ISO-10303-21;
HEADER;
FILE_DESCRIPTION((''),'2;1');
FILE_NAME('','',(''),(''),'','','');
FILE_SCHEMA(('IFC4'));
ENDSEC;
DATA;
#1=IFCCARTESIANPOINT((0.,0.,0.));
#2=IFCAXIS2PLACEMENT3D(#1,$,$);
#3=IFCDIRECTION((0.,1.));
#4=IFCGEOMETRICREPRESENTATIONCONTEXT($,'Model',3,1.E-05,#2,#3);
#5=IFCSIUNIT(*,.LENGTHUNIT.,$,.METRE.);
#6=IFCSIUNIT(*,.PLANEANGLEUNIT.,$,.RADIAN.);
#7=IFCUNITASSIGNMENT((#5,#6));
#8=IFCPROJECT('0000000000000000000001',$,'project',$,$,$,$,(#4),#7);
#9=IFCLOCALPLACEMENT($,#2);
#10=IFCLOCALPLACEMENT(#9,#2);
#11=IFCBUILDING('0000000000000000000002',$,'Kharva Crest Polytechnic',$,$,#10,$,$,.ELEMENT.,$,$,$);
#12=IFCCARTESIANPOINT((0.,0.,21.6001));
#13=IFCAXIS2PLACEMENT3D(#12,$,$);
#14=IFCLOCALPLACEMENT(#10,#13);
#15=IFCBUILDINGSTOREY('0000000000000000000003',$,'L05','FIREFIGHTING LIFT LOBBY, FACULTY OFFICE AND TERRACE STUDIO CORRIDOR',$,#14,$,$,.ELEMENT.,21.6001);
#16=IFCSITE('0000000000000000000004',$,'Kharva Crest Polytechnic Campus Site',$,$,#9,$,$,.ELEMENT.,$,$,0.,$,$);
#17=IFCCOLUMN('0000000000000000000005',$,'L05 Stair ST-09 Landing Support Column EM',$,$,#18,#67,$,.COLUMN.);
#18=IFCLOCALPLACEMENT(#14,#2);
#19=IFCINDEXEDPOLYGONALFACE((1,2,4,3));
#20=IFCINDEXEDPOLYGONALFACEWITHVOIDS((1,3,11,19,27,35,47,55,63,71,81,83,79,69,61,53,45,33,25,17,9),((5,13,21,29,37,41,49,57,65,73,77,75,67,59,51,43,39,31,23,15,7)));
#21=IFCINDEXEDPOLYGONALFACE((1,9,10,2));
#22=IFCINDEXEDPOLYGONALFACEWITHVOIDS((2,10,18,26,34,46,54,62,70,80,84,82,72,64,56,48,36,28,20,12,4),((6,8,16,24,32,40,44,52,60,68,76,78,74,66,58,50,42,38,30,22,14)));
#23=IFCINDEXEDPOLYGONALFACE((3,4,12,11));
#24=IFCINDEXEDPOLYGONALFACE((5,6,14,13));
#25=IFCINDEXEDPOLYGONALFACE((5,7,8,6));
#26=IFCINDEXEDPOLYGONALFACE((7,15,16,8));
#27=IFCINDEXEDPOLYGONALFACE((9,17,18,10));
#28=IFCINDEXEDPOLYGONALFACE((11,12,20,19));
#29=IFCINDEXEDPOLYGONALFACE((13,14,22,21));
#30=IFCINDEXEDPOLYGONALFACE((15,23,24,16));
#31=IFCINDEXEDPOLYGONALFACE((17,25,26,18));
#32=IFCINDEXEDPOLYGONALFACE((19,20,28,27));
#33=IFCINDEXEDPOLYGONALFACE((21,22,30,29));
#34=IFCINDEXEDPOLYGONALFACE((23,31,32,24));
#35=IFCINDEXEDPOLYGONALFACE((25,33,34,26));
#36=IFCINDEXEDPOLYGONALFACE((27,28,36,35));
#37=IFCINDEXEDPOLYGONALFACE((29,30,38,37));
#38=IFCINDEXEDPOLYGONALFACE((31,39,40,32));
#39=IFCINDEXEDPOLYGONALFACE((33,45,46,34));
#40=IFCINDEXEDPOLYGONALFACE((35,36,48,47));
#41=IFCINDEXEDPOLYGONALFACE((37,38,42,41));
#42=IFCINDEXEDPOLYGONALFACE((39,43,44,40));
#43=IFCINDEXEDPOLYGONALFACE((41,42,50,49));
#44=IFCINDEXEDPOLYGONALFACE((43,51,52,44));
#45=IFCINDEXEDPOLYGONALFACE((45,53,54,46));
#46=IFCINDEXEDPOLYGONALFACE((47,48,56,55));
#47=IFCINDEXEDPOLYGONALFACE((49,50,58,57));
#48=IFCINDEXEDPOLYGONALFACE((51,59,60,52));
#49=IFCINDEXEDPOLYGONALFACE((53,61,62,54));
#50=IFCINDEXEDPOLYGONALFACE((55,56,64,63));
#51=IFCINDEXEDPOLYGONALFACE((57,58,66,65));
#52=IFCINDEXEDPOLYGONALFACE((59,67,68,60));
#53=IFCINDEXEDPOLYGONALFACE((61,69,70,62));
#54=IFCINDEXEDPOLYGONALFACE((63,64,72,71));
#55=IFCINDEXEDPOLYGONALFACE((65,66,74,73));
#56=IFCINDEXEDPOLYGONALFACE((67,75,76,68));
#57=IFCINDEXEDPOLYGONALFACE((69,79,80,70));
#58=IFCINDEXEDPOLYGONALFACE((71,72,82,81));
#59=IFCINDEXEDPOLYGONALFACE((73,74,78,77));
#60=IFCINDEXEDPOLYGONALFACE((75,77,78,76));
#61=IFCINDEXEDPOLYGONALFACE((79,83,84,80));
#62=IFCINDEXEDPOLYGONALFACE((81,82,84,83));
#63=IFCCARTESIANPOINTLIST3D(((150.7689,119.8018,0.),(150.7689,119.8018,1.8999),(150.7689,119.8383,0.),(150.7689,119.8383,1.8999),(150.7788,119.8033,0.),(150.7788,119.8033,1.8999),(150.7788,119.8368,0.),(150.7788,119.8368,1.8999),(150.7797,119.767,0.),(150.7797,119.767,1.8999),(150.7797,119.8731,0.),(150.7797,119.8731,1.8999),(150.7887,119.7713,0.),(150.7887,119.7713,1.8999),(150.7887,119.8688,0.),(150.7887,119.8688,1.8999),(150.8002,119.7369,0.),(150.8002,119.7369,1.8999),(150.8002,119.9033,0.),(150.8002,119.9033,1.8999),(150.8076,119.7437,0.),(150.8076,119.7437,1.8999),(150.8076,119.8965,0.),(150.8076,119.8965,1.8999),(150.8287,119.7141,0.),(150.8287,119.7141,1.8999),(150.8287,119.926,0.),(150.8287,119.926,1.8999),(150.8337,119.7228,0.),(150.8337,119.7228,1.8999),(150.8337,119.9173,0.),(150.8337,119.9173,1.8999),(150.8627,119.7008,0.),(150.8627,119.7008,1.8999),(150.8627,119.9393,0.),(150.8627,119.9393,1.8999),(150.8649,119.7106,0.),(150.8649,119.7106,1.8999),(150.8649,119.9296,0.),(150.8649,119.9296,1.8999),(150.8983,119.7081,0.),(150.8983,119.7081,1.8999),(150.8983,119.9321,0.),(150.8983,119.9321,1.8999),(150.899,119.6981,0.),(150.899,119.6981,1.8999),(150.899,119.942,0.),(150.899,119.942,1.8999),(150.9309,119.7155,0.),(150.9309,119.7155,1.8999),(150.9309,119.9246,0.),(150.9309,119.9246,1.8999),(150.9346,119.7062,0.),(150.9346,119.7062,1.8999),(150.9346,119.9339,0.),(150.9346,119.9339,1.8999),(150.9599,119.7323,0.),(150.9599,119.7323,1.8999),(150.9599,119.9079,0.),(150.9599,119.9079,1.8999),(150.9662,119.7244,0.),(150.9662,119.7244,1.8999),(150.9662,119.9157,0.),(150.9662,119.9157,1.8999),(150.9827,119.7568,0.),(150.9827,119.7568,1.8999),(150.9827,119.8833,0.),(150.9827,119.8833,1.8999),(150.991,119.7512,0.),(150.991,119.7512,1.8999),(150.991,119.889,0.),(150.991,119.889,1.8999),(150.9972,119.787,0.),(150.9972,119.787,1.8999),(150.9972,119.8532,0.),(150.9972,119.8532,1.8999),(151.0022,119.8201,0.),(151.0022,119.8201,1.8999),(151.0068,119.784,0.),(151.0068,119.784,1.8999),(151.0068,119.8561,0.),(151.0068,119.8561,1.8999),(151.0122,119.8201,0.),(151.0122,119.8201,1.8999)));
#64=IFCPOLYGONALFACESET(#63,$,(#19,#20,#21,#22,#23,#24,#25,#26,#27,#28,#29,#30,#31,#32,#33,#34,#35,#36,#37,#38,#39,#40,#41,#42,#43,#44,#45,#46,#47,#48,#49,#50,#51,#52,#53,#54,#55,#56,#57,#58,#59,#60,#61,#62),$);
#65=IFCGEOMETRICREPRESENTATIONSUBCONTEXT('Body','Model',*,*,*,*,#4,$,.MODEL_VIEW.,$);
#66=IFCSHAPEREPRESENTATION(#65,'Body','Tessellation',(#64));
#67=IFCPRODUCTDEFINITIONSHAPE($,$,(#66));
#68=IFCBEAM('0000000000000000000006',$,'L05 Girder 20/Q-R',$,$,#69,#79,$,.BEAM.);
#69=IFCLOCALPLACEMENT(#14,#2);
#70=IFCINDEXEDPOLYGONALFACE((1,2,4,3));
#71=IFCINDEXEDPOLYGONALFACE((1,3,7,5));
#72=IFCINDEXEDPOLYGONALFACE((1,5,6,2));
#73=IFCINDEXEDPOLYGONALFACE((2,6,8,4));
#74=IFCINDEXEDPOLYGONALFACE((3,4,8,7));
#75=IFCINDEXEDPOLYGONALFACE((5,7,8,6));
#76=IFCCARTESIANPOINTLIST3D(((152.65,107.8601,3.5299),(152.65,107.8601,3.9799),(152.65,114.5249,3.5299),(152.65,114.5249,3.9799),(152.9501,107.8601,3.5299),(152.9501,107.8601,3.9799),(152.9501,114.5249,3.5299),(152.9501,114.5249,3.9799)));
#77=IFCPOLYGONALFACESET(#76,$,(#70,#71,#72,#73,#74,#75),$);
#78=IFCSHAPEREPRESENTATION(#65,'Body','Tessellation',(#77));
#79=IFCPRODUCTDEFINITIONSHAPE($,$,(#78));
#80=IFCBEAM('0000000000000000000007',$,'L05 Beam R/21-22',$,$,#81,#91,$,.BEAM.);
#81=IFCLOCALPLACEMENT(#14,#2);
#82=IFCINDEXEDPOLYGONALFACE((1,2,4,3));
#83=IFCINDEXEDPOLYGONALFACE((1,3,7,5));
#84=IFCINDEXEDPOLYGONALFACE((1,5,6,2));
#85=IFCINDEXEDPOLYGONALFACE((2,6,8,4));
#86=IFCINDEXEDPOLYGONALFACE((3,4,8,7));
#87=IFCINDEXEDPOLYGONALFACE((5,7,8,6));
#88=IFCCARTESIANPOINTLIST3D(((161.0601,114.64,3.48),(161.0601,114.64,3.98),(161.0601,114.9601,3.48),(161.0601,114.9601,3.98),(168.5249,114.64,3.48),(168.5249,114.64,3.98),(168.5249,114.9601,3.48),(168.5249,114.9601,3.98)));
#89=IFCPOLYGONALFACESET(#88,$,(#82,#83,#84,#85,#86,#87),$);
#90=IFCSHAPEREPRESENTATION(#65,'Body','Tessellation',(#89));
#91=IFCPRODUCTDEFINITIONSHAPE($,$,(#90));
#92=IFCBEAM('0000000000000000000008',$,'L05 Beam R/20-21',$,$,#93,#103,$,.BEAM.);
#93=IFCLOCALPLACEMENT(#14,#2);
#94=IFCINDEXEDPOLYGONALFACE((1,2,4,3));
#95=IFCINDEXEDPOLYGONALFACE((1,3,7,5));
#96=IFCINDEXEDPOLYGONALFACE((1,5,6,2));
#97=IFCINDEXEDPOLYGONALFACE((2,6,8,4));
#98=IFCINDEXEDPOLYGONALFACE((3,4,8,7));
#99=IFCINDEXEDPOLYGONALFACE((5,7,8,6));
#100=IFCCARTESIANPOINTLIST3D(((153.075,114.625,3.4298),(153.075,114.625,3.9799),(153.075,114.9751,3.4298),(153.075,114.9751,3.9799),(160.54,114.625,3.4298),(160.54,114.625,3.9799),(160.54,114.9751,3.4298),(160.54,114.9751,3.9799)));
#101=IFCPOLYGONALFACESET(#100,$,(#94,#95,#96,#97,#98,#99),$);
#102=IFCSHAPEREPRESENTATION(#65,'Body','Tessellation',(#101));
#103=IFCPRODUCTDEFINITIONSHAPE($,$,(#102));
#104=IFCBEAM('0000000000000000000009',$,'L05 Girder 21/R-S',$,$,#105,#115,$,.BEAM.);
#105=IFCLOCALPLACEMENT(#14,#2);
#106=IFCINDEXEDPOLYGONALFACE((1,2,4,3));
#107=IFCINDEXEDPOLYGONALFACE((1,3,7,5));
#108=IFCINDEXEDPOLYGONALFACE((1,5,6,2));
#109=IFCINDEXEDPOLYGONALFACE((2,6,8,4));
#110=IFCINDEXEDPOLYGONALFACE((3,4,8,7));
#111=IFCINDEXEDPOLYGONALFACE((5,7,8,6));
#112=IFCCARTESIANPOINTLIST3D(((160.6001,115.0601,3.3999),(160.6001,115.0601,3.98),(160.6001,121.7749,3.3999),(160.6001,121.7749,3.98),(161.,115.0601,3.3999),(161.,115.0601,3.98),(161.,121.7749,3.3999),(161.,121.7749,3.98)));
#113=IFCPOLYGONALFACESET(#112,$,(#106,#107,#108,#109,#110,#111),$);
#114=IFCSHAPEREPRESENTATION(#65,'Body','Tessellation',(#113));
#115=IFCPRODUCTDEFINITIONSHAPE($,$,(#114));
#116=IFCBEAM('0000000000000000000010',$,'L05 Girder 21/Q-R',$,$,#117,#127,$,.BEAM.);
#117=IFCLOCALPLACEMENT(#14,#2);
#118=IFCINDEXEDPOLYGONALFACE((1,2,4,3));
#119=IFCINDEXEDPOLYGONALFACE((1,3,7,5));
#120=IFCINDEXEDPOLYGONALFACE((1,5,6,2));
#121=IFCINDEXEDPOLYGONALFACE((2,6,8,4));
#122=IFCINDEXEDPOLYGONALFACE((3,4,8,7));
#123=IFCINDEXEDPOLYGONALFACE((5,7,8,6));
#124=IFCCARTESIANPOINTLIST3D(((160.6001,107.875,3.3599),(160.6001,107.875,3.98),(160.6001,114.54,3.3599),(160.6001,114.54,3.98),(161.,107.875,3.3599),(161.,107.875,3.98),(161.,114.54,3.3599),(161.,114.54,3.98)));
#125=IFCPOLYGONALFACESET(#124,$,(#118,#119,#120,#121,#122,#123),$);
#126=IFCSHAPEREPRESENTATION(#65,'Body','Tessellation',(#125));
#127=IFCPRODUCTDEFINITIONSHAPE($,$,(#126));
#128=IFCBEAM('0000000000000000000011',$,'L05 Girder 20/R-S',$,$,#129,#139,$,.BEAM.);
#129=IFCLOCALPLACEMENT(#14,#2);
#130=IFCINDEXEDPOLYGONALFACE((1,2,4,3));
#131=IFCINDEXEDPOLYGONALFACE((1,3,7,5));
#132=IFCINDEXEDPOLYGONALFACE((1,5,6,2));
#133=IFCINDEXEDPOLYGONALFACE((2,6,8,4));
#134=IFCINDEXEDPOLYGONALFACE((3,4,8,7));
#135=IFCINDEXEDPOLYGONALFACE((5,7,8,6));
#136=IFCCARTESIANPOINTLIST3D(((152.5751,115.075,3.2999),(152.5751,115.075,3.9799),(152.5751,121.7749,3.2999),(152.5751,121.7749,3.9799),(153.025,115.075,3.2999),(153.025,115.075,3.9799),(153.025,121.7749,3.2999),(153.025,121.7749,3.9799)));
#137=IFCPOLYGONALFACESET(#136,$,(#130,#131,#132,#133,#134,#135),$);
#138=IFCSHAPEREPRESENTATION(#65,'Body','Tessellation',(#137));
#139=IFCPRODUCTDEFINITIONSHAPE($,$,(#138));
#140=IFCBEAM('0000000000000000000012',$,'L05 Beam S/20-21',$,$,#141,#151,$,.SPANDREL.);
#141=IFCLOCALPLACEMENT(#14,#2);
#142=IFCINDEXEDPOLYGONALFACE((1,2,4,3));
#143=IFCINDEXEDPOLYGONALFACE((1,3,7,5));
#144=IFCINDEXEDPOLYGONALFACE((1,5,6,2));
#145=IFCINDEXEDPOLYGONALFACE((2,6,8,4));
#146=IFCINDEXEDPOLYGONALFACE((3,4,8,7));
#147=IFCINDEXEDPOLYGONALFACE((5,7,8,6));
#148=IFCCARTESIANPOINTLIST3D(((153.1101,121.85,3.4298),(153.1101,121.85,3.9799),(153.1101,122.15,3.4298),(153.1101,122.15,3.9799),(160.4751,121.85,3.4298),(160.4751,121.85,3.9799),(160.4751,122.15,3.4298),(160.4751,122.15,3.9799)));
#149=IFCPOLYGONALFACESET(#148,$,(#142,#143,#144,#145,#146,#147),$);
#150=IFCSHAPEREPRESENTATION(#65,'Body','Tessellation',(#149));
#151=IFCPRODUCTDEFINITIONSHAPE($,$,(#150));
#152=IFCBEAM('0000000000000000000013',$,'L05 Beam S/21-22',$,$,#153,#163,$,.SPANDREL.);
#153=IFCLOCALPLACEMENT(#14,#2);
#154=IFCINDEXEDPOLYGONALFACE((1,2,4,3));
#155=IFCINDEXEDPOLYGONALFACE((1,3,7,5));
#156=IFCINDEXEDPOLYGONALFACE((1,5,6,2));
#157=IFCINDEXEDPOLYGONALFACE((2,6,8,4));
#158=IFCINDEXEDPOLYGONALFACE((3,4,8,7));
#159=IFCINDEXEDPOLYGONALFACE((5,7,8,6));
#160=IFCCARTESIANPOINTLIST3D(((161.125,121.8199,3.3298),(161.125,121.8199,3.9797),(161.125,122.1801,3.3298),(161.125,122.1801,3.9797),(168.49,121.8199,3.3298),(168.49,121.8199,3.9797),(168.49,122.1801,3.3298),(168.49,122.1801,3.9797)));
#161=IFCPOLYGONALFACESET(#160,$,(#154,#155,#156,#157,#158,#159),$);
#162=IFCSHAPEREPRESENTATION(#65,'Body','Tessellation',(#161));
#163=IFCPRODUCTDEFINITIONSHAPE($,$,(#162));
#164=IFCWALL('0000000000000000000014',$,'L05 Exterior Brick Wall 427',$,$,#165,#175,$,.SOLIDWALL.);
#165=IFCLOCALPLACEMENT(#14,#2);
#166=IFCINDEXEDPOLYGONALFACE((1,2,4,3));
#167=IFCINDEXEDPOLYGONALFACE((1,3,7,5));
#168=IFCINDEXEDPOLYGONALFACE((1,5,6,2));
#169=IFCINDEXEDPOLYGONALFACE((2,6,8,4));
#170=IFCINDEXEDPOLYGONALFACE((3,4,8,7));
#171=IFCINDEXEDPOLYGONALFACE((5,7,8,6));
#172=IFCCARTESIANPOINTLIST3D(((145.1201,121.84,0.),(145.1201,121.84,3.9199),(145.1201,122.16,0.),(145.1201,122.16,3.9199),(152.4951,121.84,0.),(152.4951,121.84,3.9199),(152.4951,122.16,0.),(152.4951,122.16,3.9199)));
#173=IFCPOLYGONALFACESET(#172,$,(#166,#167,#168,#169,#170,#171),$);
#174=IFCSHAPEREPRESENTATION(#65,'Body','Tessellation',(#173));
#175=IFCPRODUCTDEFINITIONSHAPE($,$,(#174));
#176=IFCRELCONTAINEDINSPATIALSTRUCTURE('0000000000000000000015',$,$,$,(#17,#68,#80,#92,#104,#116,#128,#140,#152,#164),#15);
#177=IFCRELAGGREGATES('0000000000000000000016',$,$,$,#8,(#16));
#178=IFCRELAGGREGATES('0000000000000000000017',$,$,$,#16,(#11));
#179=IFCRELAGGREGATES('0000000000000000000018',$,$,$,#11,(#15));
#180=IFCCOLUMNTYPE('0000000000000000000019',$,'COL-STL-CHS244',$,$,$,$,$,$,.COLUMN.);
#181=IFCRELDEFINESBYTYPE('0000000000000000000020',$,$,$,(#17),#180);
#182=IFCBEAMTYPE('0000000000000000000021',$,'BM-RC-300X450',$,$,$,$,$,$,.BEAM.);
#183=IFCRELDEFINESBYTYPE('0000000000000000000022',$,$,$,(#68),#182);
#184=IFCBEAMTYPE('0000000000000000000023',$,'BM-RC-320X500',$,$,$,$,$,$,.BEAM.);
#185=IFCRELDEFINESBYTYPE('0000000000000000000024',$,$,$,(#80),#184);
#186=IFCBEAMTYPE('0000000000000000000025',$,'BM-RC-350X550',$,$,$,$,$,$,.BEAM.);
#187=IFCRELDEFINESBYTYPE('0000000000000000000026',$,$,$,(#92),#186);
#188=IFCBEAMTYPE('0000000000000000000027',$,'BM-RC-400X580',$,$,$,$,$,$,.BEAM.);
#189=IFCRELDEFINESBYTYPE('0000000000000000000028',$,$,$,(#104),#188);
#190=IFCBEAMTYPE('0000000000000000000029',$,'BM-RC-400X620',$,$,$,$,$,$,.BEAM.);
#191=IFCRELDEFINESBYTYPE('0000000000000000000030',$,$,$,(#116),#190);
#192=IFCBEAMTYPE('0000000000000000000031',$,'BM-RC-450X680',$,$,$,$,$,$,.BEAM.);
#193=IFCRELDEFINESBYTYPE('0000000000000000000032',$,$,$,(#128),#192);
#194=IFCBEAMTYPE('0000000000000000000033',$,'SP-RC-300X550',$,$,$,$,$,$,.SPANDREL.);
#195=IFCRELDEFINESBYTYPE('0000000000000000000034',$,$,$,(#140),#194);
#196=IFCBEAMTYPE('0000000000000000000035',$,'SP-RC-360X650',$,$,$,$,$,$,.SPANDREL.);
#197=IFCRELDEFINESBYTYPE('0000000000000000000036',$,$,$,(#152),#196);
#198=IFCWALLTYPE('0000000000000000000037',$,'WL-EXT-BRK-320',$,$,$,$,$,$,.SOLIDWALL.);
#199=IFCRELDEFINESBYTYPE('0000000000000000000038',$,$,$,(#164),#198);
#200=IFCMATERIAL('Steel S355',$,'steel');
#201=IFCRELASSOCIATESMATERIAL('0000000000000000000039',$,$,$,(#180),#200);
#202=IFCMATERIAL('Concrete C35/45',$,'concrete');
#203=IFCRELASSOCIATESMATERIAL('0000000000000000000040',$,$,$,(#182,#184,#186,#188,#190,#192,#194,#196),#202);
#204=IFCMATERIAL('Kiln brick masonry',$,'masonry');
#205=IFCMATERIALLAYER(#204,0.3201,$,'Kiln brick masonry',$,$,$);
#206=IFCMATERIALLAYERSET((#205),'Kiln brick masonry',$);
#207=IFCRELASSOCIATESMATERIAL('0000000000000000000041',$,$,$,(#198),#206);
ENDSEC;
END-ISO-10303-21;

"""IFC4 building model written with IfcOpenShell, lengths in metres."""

from ifc_helpers import new_model, si_unit, direction, frame, frame_2d, origin, origin_2d, place, context, subcontext, project, spatial, rectangle, hollow_circle, extrude, material, layer, layer_set, material_profile, profile_set, type_object, element, save


model = new_model("IFC4")

# Units and contexts
model_context = context("Model", 3, precision=1e-05, world=origin(), true_north=direction((0.0, 1.0)))
body_context = subcontext(model_context, "Body", "Model", "MODEL_VIEW")
ifc_project = project(units=[si_unit("LENGTHUNIT", "METRE"), si_unit("PLANEANGLEUNIT", "RADIAN")], contexts=[model_context])

# Site, building, storey
site_placement = place(None, origin())
site = spatial("IfcSite", under=ifc_project, at=site_placement, Name="Kharva Crest Polytechnic Campus Site", CompositionType="ELEMENT", RefElevation=0.0)
building_placement = place(site_placement, origin())
building = spatial("IfcBuilding", under=site, at=building_placement, Name="Kharva Crest Polytechnic", CompositionType="ELEMENT")
storey_placement = place(building_placement, frame((0.0, 0.0, 21.6001)))
storey = spatial("IfcBuildingStorey", under=building, at=storey_placement, Name="L05", Description="FIREFIGHTING LIFT LOBBY, FACULTY OFFICE AND TERRACE STUDIO CORRIDOR", CompositionType="ELEMENT", Elevation=21.6001)

# Column
ifc_material_1 = material(Name="Steel S355", Category="steel")
ifc_material_profile_1 = material_profile(ifc_material_1, hollow_circle(Radius=0.1223, WallThickness=0.01, at=origin_2d()), Name="CHS 244.5X10.0")
ifc_profile_set_1 = profile_set([ifc_material_profile_1], Name="Steel S355")
column_type_1 = type_object("IfcColumnType", Name="COL-STL-CHS244", PredefinedType="COLUMN", material=ifc_profile_set_1)
for number, where, z_axis, x_axis, name in (
    (1, (150.8899, 119.8201, 0.0), (0.0, 0.0, 1.0), (1.0, 0.0, 0.0), "L05 Stair ST-09 Landing Support Column EM"),
):
    element("IfcColumn", number, at=place(storey_placement, frame(where, z_axis=z_axis, x_axis=x_axis)), inside=storey, type_object=column_type_1, Name=name, PredefinedType="COLUMN", context=body_context, shape_type="SweptSolid", body=[
        extrude(hollow_circle(Radius=0.1223, WallThickness=0.01, at=origin_2d()), origin(), (0.0, 0.0, 1.0), 1.8999),
    ])

# Beams
ifc_material_2 = material(Name="Concrete C35/45", Category="concrete")
ifc_material_profile_2 = material_profile(ifc_material_2, rectangle(XDim=0.3, YDim=0.45, at=origin_2d()), Name="RECT 300 X 450")
ifc_profile_set_2 = profile_set([ifc_material_profile_2], Name="Concrete C35/45")
beam_type_1 = type_object("IfcBeamType", Name="BM-RC-300X450", PredefinedType="BEAM", material=ifc_profile_set_2)
beam_1_placement = place(storey_placement, frame((152.8, 107.8601, 3.7549), z_axis=(0.0, 1.0, 0.0), x_axis=(-1.0, 0.0, 0.0)))
element("IfcBeam", 2, at=beam_1_placement, inside=storey, type_object=beam_type_1, Name="L05 Girder 20/Q-R", PredefinedType="BEAM", context=body_context, shape_type="SweptSolid", body=[
    extrude(rectangle(XDim=0.3, YDim=0.45, at=origin_2d()), origin(), (0.0, 0.0, 1.0), 6.6648),
])
ifc_material_profile_3 = material_profile(ifc_material_2, rectangle(XDim=0.3201, YDim=0.5, at=origin_2d()), Name="RECT 320 X 500")
ifc_profile_set_3 = profile_set([ifc_material_profile_3], Name="Concrete C35/45")
beam_type_2 = type_object("IfcBeamType", Name="BM-RC-320X500", PredefinedType="BEAM", material=ifc_profile_set_3)
beam_2_placement = place(storey_placement, frame((161.0601, 114.8, 3.73), z_axis=(1.0, 0.0, 0.0), x_axis=(0.0, 1.0, 0.0)))
element("IfcBeam", 3, at=beam_2_placement, inside=storey, type_object=beam_type_2, Name="L05 Beam R/21-22", PredefinedType="BEAM", context=body_context, shape_type="SweptSolid", body=[
    extrude(rectangle(XDim=0.3201, YDim=0.5, at=origin_2d()), origin(), (0.0, 0.0, 1.0), 7.4648),
])
ifc_material_profile_4 = material_profile(ifc_material_2, rectangle(XDim=0.3501, YDim=0.55, at=origin_2d()), Name="RECT 350 X 550")
ifc_profile_set_4 = profile_set([ifc_material_profile_4], Name="Concrete C35/45")
beam_type_3 = type_object("IfcBeamType", Name="BM-RC-350X550", PredefinedType="BEAM", material=ifc_profile_set_4)
beam_3_placement = place(storey_placement, frame((153.075, 114.8, 3.7048), z_axis=(1.0, 0.0, 0.0), x_axis=(0.0, 1.0, 0.0)))
element("IfcBeam", 4, at=beam_3_placement, inside=storey, type_object=beam_type_3, Name="L05 Beam R/20-21", PredefinedType="BEAM", context=body_context, shape_type="SweptSolid", body=[
    extrude(rectangle(XDim=0.3501, YDim=0.55, at=origin_2d()), origin(), (0.0, 0.0, 1.0), 7.4651),
])
ifc_material_profile_5 = material_profile(ifc_material_2, rectangle(XDim=0.3999, YDim=0.5801, at=origin_2d()), Name="RECT 400 X 580")
ifc_profile_set_5 = profile_set([ifc_material_profile_5], Name="Concrete C35/45")
beam_type_4 = type_object("IfcBeamType", Name="BM-RC-400X580", PredefinedType="BEAM", material=ifc_profile_set_5)
beam_4_placement = place(storey_placement, frame((160.8, 115.0601, 3.6899), z_axis=(0.0, 1.0, 0.0), x_axis=(-1.0, 0.0, 0.0)))
element("IfcBeam", 5, at=beam_4_placement, inside=storey, type_object=beam_type_4, Name="L05 Girder 21/R-S", PredefinedType="BEAM", context=body_context, shape_type="SweptSolid", body=[
    extrude(rectangle(XDim=0.3999, YDim=0.5801, at=origin_2d()), origin(), (0.0, 0.0, 1.0), 6.7148),
])
ifc_material_profile_6 = material_profile(ifc_material_2, rectangle(XDim=0.3999, YDim=0.6201, at=origin_2d()), Name="RECT 400 X 620")
ifc_profile_set_6 = profile_set([ifc_material_profile_6], Name="Concrete C35/45")
beam_type_5 = type_object("IfcBeamType", Name="BM-RC-400X620", PredefinedType="BEAM", material=ifc_profile_set_6)
beam_5_placement = place(storey_placement, frame((160.8, 107.875, 3.6699), z_axis=(0.0, 1.0, 0.0), x_axis=(-1.0, 0.0, 0.0)))
element("IfcBeam", 6, at=beam_5_placement, inside=storey, type_object=beam_type_5, Name="L05 Girder 21/Q-R", PredefinedType="BEAM", context=body_context, shape_type="SweptSolid", body=[
    extrude(rectangle(XDim=0.3999, YDim=0.6201, at=origin_2d()), origin(), (0.0, 0.0, 1.0), 6.665),
])
ifc_material_profile_7 = material_profile(ifc_material_2, rectangle(XDim=0.45, YDim=0.6799, at=origin_2d()), Name="RECT 450 X 680")
ifc_profile_set_7 = profile_set([ifc_material_profile_7], Name="Concrete C35/45")
beam_type_6 = type_object("IfcBeamType", Name="BM-RC-450X680", PredefinedType="BEAM", material=ifc_profile_set_7)
beam_6_placement = place(storey_placement, frame((152.8, 115.075, 3.6399), z_axis=(0.0, 1.0, 0.0), x_axis=(-1.0, 0.0, 0.0)))
element("IfcBeam", 7, at=beam_6_placement, inside=storey, type_object=beam_type_6, Name="L05 Girder 20/R-S", PredefinedType="BEAM", context=body_context, shape_type="SweptSolid", body=[
    extrude(rectangle(XDim=0.45, YDim=0.6799, at=origin_2d()), origin(), (0.0, 0.0, 1.0), 6.7),
])
ifc_material_profile_8 = material_profile(ifc_material_2, rectangle(XDim=0.3, YDim=0.55, at=origin_2d()), Name="RECT 300 X 550")
ifc_profile_set_8 = profile_set([ifc_material_profile_8], Name="Concrete C35/45")
beam_type_7 = type_object("IfcBeamType", Name="SP-RC-300X550", PredefinedType="SPANDREL", material=ifc_profile_set_8)
beam_7_placement = place(storey_placement, frame((153.1101, 122.0, 3.7048), z_axis=(1.0, 0.0, 0.0), x_axis=(0.0, 1.0, 0.0)))
element("IfcBeam", 8, at=beam_7_placement, inside=storey, type_object=beam_type_7, Name="L05 Beam S/20-21", PredefinedType="SPANDREL", context=body_context, shape_type="SweptSolid", body=[
    extrude(rectangle(XDim=0.3, YDim=0.55, at=origin_2d()), origin(), (0.0, 0.0, 1.0), 7.365),
])
ifc_material_profile_9 = material_profile(ifc_material_2, rectangle(XDim=0.3601, YDim=0.6499, at=origin_2d()), Name="RECT 360 X 650")
ifc_profile_set_9 = profile_set([ifc_material_profile_9], Name="Concrete C35/45")
beam_type_8 = type_object("IfcBeamType", Name="SP-RC-360X650", PredefinedType="SPANDREL", material=ifc_profile_set_9)
beam_8_placement = place(storey_placement, frame((161.125, 122.0, 3.6548), z_axis=(1.0, 0.0, 0.0), x_axis=(0.0, 1.0, 0.0)))
element("IfcBeam", 9, at=beam_8_placement, inside=storey, type_object=beam_type_8, Name="L05 Beam S/21-22", PredefinedType="SPANDREL", context=body_context, shape_type="SweptSolid", body=[
    extrude(rectangle(XDim=0.3601, YDim=0.6499, at=origin_2d()), origin(), (0.0, 0.0, 1.0), 7.365),
])

# Wall
ifc_material_3 = material(Name="Kiln brick masonry", Category="masonry")
ifc_layer_1 = layer(ifc_material_3, 0.3201, Name="Kiln brick masonry")
ifc_layer_set_1 = layer_set([ifc_layer_1], Name="Kiln brick masonry")
wall_type_1 = type_object("IfcWallType", Name="WL-EXT-BRK-320", PredefinedType="SOLIDWALL", material=ifc_layer_set_1)
wall_1_placement = place(storey_placement, frame((152.4951, 122.0, 0.0), z_axis=(0.0, 0.0, 1.0), x_axis=(-1.0, 0.0, 0.0)))
element("IfcWall", 10, at=wall_1_placement, inside=storey, type_object=wall_type_1, Name="L05 Exterior Brick Wall 427", PredefinedType="SOLIDWALL", context=body_context, shape_type="SweptSolid", body=[
    extrude(rectangle(XDim=7.375, YDim=0.3201, at=frame_2d((3.6875, 0.0))), origin(), (0.0, 0.0, 1.0), 3.9199),
])

save(model, "model.ifc")
